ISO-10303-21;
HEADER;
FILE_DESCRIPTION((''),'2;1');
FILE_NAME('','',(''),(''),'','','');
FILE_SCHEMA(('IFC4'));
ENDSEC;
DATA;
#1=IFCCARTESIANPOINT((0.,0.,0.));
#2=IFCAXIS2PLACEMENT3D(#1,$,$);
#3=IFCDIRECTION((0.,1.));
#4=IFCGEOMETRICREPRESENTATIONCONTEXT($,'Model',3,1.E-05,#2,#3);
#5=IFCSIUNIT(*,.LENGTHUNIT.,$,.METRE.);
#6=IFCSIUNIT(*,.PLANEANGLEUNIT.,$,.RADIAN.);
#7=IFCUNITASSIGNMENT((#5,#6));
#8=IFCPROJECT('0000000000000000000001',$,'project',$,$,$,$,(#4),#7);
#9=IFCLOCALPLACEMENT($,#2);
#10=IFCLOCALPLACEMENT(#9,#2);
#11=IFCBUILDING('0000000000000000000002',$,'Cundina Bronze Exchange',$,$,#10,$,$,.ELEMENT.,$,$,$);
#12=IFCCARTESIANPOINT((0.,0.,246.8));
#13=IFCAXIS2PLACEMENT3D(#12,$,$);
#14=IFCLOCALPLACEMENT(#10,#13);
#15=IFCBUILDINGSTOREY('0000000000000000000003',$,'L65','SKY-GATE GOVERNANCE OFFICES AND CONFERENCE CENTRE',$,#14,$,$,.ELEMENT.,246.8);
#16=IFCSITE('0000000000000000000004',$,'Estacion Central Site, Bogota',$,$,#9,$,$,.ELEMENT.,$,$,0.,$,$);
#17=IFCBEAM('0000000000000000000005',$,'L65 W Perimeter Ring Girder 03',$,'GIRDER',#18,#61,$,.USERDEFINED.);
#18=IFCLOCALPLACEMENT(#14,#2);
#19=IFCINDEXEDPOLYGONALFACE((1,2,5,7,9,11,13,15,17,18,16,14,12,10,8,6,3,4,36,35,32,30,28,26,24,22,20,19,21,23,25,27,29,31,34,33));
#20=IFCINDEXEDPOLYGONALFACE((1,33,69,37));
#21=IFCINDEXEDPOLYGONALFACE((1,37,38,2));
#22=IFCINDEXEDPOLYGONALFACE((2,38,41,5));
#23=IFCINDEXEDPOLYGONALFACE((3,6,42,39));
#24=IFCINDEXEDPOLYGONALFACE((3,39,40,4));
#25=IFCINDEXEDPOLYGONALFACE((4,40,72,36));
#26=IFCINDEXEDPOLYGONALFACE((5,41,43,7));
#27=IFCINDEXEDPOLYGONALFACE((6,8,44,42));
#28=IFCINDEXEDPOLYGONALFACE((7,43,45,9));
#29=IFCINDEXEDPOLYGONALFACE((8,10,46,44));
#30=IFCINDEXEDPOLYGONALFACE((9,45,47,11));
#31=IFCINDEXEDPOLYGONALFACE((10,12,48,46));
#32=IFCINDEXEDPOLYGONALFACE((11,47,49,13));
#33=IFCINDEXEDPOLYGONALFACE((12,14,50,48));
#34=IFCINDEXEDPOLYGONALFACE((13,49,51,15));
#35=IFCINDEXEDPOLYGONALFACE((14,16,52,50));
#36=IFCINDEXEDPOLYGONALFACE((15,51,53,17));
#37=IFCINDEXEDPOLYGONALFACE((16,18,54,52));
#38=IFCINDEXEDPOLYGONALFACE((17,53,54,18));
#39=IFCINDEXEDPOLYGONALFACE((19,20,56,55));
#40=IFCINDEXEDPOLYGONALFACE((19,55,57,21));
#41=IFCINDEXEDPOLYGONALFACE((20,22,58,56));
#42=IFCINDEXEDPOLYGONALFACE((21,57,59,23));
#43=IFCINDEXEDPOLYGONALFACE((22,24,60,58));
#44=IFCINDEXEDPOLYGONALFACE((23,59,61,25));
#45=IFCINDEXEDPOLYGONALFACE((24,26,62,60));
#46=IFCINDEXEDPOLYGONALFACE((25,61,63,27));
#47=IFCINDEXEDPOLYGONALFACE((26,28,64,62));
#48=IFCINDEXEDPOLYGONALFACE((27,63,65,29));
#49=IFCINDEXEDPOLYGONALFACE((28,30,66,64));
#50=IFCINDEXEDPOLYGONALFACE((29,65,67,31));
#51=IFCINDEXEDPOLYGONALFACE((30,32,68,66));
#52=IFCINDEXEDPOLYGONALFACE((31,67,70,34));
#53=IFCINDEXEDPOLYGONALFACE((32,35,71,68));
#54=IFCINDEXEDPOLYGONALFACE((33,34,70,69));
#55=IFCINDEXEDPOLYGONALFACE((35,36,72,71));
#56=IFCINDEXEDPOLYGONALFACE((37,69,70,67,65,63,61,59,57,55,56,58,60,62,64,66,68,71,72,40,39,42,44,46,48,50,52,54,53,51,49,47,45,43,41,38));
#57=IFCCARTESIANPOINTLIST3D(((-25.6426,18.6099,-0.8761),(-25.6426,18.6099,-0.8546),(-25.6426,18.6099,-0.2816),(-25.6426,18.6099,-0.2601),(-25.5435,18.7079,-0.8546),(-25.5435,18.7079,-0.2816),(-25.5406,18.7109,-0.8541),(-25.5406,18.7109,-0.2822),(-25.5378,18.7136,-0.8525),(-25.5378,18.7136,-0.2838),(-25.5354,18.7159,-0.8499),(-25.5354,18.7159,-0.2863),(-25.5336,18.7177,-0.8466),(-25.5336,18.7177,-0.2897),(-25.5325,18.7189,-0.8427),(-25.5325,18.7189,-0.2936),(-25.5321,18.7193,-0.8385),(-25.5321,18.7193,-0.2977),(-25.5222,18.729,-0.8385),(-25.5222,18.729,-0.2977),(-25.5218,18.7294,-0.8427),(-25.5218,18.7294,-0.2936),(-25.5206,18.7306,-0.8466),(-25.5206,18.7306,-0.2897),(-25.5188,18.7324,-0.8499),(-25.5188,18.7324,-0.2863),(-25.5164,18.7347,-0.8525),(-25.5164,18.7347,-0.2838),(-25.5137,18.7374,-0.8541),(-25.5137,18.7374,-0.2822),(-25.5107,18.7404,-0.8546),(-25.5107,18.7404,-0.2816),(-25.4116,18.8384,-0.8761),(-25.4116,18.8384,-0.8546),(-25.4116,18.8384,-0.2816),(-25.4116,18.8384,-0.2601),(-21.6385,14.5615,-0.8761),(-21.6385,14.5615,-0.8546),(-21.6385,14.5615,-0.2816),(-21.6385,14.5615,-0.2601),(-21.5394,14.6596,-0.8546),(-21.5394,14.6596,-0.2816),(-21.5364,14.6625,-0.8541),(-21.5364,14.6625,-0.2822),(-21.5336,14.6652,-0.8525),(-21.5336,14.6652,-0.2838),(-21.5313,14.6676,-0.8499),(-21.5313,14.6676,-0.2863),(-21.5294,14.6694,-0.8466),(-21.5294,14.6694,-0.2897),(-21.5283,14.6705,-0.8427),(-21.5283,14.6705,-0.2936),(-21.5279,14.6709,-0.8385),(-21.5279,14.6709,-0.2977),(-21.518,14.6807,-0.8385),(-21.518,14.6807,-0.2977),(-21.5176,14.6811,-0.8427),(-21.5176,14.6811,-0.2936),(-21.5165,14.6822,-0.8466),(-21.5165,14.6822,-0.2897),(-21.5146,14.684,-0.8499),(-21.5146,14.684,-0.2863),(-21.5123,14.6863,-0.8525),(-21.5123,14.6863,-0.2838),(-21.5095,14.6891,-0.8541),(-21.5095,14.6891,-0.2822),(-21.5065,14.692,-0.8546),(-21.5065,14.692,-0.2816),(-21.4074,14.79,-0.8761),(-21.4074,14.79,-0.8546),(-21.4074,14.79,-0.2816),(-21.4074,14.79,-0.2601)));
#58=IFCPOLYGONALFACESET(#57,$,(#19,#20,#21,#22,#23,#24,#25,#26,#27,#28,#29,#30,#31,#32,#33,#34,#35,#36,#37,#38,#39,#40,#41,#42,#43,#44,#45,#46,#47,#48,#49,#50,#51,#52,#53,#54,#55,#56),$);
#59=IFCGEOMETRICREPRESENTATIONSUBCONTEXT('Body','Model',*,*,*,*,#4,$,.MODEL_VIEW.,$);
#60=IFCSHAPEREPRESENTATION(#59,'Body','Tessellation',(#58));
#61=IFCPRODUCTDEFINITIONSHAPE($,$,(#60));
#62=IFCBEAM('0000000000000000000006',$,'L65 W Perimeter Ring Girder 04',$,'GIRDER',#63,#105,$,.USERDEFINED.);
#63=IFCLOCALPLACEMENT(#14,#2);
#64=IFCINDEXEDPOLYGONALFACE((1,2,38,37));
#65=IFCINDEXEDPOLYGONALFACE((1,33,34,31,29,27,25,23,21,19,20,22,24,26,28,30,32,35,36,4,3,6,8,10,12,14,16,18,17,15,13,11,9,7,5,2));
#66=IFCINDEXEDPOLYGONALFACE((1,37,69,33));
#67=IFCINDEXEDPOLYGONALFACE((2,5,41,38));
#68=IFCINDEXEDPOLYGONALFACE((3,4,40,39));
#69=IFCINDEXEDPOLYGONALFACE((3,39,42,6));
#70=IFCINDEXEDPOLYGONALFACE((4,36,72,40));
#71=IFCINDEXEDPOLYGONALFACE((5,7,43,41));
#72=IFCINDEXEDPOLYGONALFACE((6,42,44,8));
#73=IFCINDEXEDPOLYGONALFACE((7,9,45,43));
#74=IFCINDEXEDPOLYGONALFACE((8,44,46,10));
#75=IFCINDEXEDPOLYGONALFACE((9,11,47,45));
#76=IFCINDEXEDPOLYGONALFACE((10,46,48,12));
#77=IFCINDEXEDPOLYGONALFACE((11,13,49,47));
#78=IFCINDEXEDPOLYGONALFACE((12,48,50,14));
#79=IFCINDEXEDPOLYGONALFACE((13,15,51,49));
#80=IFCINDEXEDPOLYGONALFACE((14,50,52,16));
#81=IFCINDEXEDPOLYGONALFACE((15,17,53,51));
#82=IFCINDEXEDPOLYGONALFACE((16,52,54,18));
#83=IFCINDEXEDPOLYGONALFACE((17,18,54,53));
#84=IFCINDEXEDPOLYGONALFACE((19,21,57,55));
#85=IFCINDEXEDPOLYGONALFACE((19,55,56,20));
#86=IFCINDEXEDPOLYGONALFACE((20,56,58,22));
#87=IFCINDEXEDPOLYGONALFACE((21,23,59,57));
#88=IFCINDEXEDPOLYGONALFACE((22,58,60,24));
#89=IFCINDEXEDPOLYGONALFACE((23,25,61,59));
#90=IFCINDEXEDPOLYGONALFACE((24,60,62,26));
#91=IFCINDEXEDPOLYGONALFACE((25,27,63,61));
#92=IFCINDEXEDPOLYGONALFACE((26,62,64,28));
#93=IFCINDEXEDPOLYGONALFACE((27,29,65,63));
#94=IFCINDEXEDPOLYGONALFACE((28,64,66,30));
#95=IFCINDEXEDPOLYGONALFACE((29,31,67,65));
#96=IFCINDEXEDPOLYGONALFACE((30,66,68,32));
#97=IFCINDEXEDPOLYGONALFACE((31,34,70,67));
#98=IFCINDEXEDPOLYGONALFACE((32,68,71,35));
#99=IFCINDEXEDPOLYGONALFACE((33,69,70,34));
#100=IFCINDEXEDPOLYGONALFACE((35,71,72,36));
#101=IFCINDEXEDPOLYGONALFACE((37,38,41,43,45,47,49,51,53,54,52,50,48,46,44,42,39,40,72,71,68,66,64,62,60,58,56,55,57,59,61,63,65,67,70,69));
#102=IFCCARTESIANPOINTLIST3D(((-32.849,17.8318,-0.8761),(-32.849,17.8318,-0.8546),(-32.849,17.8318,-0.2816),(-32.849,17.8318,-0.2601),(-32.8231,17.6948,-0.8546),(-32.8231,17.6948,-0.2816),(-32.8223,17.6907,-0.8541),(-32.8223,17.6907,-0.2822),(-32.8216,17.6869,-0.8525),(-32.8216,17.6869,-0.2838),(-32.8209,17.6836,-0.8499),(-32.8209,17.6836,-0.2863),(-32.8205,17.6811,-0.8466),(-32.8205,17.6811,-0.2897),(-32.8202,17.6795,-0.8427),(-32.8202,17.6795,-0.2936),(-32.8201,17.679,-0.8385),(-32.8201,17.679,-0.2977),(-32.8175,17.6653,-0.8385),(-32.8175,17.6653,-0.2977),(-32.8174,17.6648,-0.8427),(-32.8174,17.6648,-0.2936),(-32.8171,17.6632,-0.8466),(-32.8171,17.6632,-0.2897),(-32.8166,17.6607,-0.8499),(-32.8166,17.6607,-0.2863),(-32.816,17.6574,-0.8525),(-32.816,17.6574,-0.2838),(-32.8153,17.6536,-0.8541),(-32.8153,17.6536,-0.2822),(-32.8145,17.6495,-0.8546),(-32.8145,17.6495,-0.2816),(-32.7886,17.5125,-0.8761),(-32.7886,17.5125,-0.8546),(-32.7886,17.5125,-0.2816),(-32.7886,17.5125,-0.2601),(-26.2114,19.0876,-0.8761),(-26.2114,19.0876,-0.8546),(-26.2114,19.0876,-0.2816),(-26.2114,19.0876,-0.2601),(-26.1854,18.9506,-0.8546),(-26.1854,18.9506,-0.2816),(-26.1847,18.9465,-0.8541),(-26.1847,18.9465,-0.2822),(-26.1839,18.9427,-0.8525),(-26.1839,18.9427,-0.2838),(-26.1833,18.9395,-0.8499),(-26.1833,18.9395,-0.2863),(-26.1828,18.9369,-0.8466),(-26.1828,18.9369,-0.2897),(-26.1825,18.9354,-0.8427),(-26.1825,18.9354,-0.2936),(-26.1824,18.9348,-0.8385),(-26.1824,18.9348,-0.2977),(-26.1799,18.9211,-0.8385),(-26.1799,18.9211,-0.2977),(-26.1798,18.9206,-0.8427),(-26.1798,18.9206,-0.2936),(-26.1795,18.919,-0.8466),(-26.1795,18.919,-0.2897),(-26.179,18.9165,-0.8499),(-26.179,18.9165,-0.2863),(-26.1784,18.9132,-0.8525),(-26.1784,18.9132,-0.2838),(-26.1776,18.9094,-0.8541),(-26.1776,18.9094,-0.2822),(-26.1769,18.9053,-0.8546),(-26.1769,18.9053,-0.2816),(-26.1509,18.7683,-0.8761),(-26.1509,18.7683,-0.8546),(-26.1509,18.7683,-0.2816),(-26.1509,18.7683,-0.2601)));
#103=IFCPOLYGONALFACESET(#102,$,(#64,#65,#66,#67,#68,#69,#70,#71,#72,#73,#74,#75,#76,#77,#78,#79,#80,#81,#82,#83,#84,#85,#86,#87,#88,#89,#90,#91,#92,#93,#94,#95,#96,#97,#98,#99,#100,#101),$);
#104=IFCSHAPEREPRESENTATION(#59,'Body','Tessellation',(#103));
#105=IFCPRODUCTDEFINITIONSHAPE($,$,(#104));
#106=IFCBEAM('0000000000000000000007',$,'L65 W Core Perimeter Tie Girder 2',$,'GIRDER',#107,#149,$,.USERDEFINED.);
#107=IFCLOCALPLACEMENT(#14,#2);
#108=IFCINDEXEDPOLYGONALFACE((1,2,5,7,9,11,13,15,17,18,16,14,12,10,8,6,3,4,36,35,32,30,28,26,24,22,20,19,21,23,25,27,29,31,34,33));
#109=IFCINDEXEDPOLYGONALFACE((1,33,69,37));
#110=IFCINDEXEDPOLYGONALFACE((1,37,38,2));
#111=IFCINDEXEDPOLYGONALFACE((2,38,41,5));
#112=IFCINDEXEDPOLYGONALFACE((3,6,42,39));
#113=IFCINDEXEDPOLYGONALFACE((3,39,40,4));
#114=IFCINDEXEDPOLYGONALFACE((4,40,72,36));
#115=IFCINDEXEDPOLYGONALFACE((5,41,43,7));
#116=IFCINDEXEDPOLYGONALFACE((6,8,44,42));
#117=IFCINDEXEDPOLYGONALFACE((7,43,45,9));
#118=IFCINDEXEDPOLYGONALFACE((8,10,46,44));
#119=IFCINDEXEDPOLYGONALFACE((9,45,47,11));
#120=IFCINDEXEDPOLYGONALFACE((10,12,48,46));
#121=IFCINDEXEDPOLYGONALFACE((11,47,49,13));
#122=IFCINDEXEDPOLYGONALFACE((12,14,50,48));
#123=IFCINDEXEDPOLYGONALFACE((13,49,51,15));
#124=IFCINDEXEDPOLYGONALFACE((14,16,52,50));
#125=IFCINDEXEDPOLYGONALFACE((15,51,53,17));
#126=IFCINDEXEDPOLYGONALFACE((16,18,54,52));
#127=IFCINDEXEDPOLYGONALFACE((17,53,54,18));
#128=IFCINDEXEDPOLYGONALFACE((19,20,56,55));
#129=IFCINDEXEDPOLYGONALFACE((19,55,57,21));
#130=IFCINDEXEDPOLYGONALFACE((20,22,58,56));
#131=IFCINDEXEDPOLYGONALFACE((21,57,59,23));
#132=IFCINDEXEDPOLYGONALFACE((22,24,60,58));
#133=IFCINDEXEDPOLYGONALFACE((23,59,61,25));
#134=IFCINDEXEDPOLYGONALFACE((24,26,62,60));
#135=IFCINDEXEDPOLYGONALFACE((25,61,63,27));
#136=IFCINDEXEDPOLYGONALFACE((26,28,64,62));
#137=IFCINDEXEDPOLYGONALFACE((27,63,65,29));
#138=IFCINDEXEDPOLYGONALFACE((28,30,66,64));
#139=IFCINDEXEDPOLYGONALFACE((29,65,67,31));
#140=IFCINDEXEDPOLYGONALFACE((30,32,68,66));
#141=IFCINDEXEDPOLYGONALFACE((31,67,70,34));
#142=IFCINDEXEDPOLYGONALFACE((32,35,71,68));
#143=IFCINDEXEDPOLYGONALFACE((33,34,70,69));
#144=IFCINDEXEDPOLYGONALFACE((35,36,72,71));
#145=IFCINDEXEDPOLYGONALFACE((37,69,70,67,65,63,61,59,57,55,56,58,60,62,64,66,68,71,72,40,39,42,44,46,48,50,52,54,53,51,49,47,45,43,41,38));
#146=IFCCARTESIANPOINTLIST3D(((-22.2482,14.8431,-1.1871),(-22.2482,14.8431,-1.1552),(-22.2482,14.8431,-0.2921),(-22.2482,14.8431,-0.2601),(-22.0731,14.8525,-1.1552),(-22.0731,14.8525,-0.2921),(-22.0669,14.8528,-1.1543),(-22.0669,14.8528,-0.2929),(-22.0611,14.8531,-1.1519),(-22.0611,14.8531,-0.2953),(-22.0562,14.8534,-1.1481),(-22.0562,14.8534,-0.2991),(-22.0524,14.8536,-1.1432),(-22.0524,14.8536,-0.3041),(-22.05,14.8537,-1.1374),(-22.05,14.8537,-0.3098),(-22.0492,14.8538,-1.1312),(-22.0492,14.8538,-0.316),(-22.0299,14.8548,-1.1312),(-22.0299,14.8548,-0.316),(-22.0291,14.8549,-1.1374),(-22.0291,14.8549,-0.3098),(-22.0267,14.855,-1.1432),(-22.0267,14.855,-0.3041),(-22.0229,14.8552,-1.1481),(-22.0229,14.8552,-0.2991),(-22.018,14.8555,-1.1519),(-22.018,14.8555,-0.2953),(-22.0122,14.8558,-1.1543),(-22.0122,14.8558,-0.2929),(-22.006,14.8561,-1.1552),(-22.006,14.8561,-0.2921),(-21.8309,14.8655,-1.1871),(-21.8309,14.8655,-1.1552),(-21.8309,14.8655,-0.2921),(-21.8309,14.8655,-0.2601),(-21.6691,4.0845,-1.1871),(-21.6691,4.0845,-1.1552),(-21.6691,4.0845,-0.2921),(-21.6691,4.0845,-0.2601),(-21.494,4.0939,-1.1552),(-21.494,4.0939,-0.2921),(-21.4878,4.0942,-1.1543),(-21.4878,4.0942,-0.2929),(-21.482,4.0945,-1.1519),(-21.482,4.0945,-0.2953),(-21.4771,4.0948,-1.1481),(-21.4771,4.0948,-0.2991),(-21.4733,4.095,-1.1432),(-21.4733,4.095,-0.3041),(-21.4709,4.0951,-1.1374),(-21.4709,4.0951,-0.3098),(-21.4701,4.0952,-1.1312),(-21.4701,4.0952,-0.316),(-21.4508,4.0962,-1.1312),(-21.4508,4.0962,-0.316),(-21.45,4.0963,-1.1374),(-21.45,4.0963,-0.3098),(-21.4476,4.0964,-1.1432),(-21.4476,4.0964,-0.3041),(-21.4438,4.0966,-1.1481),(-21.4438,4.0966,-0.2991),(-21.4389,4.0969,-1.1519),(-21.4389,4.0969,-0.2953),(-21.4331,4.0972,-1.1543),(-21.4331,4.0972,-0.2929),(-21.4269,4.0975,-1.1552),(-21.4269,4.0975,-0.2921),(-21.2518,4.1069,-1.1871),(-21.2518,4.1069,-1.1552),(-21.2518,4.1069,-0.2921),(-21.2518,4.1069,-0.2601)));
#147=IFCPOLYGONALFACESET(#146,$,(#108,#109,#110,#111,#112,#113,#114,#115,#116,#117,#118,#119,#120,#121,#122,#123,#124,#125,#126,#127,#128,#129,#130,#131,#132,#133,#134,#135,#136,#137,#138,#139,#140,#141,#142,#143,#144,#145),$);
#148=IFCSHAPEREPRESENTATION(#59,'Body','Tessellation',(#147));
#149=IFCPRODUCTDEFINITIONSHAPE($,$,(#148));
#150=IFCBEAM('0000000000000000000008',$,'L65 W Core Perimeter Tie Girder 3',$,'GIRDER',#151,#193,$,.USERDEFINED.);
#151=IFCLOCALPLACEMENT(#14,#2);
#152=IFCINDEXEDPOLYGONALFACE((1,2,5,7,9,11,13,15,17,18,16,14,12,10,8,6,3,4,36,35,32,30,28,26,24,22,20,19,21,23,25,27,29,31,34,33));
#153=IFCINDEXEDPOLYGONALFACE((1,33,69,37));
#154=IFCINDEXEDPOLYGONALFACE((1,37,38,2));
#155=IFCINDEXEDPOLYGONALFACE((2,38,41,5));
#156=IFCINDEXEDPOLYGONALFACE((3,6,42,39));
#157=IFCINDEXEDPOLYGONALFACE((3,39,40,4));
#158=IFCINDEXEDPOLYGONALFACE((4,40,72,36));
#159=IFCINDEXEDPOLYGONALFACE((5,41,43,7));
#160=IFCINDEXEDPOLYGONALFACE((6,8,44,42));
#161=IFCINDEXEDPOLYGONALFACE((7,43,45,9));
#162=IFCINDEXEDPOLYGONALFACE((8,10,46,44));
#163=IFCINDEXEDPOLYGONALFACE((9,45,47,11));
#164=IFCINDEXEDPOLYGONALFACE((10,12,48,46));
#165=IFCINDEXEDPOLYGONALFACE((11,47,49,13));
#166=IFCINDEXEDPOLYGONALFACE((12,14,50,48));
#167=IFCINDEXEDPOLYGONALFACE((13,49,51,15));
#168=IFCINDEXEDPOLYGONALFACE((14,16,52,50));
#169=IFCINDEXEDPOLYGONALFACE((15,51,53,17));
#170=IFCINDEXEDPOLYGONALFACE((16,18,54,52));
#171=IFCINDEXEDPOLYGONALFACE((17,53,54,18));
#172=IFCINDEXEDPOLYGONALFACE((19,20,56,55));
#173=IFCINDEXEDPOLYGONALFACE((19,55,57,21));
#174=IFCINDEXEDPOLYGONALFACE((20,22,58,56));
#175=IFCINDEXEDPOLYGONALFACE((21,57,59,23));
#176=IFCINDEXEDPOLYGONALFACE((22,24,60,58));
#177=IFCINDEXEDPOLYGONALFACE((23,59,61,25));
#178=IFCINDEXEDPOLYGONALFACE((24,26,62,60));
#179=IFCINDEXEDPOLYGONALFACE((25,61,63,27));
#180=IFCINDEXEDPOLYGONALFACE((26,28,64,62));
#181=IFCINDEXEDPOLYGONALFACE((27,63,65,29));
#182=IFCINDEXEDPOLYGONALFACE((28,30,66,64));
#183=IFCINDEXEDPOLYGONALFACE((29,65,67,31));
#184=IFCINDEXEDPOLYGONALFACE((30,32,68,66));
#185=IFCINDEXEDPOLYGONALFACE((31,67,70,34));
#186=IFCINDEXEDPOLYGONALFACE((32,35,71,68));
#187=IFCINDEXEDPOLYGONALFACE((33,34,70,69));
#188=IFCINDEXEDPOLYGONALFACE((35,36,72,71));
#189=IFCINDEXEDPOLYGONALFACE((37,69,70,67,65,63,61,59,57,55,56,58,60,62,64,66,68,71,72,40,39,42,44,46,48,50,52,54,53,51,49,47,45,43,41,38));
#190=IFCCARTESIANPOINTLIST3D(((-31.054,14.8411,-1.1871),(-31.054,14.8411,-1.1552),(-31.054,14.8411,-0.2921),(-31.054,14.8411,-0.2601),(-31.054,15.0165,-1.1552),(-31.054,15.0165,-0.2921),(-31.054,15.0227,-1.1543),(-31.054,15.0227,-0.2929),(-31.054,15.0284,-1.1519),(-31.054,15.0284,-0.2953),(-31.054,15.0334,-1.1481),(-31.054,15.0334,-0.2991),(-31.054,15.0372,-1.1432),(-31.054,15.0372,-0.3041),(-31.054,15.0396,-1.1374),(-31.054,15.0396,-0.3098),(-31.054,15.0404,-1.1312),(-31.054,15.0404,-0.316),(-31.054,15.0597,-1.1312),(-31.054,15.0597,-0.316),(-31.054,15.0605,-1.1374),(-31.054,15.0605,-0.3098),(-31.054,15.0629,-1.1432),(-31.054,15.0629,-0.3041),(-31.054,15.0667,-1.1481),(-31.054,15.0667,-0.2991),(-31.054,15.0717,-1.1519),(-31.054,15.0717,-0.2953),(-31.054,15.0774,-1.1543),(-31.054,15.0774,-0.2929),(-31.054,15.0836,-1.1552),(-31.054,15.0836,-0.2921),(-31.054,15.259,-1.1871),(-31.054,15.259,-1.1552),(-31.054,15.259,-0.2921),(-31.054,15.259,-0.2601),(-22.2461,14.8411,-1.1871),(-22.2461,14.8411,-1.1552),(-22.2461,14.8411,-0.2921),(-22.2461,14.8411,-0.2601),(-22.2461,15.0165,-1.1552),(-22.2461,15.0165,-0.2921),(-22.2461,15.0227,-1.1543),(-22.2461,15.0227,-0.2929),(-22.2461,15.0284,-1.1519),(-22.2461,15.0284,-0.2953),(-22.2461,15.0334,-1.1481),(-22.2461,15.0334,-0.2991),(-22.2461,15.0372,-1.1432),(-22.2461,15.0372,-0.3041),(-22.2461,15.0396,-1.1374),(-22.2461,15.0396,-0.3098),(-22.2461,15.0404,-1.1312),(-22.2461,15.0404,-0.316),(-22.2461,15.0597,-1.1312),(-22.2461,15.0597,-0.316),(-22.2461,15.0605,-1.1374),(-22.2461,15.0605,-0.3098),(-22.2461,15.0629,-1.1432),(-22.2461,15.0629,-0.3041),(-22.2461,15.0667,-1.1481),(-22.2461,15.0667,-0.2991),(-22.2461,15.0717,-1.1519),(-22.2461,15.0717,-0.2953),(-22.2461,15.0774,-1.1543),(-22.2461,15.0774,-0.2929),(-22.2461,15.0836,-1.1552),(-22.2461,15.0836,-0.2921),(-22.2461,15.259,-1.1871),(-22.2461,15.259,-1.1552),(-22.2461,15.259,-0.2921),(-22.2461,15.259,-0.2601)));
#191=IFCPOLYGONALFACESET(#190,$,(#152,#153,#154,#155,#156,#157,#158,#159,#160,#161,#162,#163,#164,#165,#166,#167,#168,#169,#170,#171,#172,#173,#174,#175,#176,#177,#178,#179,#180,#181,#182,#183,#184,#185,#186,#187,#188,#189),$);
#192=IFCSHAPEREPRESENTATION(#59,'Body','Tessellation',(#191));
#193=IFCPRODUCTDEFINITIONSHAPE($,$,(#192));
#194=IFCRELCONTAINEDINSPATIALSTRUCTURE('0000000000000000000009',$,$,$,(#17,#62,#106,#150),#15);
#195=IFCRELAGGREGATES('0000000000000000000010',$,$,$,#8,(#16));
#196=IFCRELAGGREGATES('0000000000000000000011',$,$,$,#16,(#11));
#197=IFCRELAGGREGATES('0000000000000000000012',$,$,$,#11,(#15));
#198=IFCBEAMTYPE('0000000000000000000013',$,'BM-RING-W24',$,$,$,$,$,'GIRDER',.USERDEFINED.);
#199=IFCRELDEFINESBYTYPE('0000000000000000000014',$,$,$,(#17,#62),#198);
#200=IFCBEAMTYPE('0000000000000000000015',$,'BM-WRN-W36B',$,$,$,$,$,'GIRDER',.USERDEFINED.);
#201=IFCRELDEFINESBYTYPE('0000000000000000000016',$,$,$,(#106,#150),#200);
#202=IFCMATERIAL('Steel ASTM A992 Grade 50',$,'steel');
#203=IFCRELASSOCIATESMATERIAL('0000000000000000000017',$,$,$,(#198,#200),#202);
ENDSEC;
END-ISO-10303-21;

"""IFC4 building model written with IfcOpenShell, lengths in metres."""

from ifc_helpers import new_model, si_unit, direction, frame, origin, origin_2d, place, context, subcontext, project, spatial, i_section, extrude, material, material_profile, profile_set, type_object, element, save


model = new_model("IFC4")

# Units and contexts
model_context = context("Model", 3, precision=1e-05, world=origin(), true_north=direction((0.0, 1.0)))
body_context = subcontext(model_context, "Body", "Model", "MODEL_VIEW")
ifc_project = project(units=[si_unit("LENGTHUNIT", "METRE"), si_unit("PLANEANGLEUNIT", "RADIAN")], contexts=[model_context])

# Site, building, storey
site_placement = place(None, origin())
site = spatial("IfcSite", under=ifc_project, at=site_placement, Name="Estacion Central Site, Bogota", CompositionType="ELEMENT", RefElevation=0.0)
building_placement = place(site_placement, origin())
building = spatial("IfcBuilding", under=site, at=building_placement, Name="Cundina Bronze Exchange", CompositionType="ELEMENT")
storey_placement = place(building_placement, frame((0.0, 0.0, 246.8)))
storey = spatial("IfcBuildingStorey", under=building, at=storey_placement, Name="L65", Description="SKY-GATE GOVERNANCE OFFICES AND CONFERENCE CENTRE", CompositionType="ELEMENT", Elevation=246.8)

# Shared definitions
ifc_material_1 = material(Name="Steel ASTM A992 Grade 50", Category="steel")

# Beams
ifc_material_profile_1 = material_profile(ifc_material_1, i_section(OverallWidth=0.325, OverallDepth=0.616, WebThickness=0.0139, FlangeThickness=0.0215, FilletRadius=0.0161, at=origin_2d()), Name="W24X117", Category="steel")
ifc_profile_set_1 = profile_set([ifc_material_profile_1], Name="Steel ASTM A992 Grade 50")
beam_type_1 = type_object("IfcBeamType", Name="BM-RING-W24", ElementType="GIRDER", PredefinedType="USERDEFINED", material=ifc_profile_set_1)
beam_1_placement = place(storey_placement, frame((-21.5229, 14.6758, -0.5681), z_axis=(-0.703216, 0.710976, 0.0), x_axis=(-0.710976, -0.703216, 0.0)))
element("IfcBeam", 1, at=beam_1_placement, inside=storey, type_object=beam_type_1, Name="L65 W Perimeter Ring Girder 03", ObjectType="GIRDER", PredefinedType="USERDEFINED", context=body_context, shape_type="SweptSolid", body=[
    extrude(i_section(OverallWidth=0.325, OverallDepth=0.616, WebThickness=0.0139, FlangeThickness=0.0215, FilletRadius=0.0161, at=origin_2d()), origin(), (0.0, 0.0, 1.0), 5.6941),
])
beam_2_placement = place(storey_placement, frame((-26.1812, 18.928, -0.5681), z_axis=(-0.982568, -0.185903, 0.0), x_axis=(0.185903, -0.982568, 0.0)))
element("IfcBeam", 2, at=beam_2_placement, inside=storey, type_object=beam_type_1, Name="L65 W Perimeter Ring Girder 04", ObjectType="GIRDER", PredefinedType="USERDEFINED", context=body_context, shape_type="SweptSolid", body=[
    extrude(i_section(OverallWidth=0.325, OverallDepth=0.616, WebThickness=0.0139, FlangeThickness=0.0215, FilletRadius=0.0161, at=origin_2d()), origin(), (0.0, 0.0, 1.0), 6.7554),
])
ifc_material_profile_2 = material_profile(ifc_material_1, i_section(OverallWidth=0.418, OverallDepth=0.927, WebThickness=0.0193, FlangeThickness=0.032, FilletRadius=0.0239, at=origin_2d()), Name="W36X231", Category="steel")
ifc_profile_set_2 = profile_set([ifc_material_profile_2], Name="Steel ASTM A992 Grade 50")
beam_type_2 = type_object("IfcBeamType", Name="BM-WRN-W36B", ElementType="GIRDER", PredefinedType="USERDEFINED", material=ifc_profile_set_2)
beam_3_placement = place(storey_placement, frame((-21.4604, 4.0957, -0.7236), z_axis=(-0.053749, 0.998554, 0.0), x_axis=(-0.998554, -0.053749, 0.0)))
element("IfcBeam", 3, at=beam_3_placement, inside=storey, type_object=beam_type_2, Name="L65 W Core Perimeter Tie Girder 2", ObjectType="GIRDER", PredefinedType="USERDEFINED", context=body_context, shape_type="SweptSolid", body=[
    extrude(i_section(OverallWidth=0.418, OverallDepth=0.927, WebThickness=0.0193, FlangeThickness=0.032, FilletRadius=0.0239, at=origin_2d()), origin(), (0.0, 0.0, 1.0), 10.7742),
])
beam_4_placement = place(storey_placement, frame((-22.2461, 15.05, -0.7236), z_axis=(-1.0, 0.0, 0.0), x_axis=(0.0, -1.0, 0.0)))
element("IfcBeam", 4, at=beam_4_placement, inside=storey, type_object=beam_type_2, Name="L65 W Core Perimeter Tie Girder 3", ObjectType="GIRDER", PredefinedType="USERDEFINED", context=body_context, shape_type="SweptSolid", body=[
    extrude(i_section(OverallWidth=0.418, OverallDepth=0.927, WebThickness=0.0193, FlangeThickness=0.032, FilletRadius=0.0239, at=origin_2d()), origin(), (0.0, 0.0, 1.0), 8.8079),
])

save(model, "model.ifc")
